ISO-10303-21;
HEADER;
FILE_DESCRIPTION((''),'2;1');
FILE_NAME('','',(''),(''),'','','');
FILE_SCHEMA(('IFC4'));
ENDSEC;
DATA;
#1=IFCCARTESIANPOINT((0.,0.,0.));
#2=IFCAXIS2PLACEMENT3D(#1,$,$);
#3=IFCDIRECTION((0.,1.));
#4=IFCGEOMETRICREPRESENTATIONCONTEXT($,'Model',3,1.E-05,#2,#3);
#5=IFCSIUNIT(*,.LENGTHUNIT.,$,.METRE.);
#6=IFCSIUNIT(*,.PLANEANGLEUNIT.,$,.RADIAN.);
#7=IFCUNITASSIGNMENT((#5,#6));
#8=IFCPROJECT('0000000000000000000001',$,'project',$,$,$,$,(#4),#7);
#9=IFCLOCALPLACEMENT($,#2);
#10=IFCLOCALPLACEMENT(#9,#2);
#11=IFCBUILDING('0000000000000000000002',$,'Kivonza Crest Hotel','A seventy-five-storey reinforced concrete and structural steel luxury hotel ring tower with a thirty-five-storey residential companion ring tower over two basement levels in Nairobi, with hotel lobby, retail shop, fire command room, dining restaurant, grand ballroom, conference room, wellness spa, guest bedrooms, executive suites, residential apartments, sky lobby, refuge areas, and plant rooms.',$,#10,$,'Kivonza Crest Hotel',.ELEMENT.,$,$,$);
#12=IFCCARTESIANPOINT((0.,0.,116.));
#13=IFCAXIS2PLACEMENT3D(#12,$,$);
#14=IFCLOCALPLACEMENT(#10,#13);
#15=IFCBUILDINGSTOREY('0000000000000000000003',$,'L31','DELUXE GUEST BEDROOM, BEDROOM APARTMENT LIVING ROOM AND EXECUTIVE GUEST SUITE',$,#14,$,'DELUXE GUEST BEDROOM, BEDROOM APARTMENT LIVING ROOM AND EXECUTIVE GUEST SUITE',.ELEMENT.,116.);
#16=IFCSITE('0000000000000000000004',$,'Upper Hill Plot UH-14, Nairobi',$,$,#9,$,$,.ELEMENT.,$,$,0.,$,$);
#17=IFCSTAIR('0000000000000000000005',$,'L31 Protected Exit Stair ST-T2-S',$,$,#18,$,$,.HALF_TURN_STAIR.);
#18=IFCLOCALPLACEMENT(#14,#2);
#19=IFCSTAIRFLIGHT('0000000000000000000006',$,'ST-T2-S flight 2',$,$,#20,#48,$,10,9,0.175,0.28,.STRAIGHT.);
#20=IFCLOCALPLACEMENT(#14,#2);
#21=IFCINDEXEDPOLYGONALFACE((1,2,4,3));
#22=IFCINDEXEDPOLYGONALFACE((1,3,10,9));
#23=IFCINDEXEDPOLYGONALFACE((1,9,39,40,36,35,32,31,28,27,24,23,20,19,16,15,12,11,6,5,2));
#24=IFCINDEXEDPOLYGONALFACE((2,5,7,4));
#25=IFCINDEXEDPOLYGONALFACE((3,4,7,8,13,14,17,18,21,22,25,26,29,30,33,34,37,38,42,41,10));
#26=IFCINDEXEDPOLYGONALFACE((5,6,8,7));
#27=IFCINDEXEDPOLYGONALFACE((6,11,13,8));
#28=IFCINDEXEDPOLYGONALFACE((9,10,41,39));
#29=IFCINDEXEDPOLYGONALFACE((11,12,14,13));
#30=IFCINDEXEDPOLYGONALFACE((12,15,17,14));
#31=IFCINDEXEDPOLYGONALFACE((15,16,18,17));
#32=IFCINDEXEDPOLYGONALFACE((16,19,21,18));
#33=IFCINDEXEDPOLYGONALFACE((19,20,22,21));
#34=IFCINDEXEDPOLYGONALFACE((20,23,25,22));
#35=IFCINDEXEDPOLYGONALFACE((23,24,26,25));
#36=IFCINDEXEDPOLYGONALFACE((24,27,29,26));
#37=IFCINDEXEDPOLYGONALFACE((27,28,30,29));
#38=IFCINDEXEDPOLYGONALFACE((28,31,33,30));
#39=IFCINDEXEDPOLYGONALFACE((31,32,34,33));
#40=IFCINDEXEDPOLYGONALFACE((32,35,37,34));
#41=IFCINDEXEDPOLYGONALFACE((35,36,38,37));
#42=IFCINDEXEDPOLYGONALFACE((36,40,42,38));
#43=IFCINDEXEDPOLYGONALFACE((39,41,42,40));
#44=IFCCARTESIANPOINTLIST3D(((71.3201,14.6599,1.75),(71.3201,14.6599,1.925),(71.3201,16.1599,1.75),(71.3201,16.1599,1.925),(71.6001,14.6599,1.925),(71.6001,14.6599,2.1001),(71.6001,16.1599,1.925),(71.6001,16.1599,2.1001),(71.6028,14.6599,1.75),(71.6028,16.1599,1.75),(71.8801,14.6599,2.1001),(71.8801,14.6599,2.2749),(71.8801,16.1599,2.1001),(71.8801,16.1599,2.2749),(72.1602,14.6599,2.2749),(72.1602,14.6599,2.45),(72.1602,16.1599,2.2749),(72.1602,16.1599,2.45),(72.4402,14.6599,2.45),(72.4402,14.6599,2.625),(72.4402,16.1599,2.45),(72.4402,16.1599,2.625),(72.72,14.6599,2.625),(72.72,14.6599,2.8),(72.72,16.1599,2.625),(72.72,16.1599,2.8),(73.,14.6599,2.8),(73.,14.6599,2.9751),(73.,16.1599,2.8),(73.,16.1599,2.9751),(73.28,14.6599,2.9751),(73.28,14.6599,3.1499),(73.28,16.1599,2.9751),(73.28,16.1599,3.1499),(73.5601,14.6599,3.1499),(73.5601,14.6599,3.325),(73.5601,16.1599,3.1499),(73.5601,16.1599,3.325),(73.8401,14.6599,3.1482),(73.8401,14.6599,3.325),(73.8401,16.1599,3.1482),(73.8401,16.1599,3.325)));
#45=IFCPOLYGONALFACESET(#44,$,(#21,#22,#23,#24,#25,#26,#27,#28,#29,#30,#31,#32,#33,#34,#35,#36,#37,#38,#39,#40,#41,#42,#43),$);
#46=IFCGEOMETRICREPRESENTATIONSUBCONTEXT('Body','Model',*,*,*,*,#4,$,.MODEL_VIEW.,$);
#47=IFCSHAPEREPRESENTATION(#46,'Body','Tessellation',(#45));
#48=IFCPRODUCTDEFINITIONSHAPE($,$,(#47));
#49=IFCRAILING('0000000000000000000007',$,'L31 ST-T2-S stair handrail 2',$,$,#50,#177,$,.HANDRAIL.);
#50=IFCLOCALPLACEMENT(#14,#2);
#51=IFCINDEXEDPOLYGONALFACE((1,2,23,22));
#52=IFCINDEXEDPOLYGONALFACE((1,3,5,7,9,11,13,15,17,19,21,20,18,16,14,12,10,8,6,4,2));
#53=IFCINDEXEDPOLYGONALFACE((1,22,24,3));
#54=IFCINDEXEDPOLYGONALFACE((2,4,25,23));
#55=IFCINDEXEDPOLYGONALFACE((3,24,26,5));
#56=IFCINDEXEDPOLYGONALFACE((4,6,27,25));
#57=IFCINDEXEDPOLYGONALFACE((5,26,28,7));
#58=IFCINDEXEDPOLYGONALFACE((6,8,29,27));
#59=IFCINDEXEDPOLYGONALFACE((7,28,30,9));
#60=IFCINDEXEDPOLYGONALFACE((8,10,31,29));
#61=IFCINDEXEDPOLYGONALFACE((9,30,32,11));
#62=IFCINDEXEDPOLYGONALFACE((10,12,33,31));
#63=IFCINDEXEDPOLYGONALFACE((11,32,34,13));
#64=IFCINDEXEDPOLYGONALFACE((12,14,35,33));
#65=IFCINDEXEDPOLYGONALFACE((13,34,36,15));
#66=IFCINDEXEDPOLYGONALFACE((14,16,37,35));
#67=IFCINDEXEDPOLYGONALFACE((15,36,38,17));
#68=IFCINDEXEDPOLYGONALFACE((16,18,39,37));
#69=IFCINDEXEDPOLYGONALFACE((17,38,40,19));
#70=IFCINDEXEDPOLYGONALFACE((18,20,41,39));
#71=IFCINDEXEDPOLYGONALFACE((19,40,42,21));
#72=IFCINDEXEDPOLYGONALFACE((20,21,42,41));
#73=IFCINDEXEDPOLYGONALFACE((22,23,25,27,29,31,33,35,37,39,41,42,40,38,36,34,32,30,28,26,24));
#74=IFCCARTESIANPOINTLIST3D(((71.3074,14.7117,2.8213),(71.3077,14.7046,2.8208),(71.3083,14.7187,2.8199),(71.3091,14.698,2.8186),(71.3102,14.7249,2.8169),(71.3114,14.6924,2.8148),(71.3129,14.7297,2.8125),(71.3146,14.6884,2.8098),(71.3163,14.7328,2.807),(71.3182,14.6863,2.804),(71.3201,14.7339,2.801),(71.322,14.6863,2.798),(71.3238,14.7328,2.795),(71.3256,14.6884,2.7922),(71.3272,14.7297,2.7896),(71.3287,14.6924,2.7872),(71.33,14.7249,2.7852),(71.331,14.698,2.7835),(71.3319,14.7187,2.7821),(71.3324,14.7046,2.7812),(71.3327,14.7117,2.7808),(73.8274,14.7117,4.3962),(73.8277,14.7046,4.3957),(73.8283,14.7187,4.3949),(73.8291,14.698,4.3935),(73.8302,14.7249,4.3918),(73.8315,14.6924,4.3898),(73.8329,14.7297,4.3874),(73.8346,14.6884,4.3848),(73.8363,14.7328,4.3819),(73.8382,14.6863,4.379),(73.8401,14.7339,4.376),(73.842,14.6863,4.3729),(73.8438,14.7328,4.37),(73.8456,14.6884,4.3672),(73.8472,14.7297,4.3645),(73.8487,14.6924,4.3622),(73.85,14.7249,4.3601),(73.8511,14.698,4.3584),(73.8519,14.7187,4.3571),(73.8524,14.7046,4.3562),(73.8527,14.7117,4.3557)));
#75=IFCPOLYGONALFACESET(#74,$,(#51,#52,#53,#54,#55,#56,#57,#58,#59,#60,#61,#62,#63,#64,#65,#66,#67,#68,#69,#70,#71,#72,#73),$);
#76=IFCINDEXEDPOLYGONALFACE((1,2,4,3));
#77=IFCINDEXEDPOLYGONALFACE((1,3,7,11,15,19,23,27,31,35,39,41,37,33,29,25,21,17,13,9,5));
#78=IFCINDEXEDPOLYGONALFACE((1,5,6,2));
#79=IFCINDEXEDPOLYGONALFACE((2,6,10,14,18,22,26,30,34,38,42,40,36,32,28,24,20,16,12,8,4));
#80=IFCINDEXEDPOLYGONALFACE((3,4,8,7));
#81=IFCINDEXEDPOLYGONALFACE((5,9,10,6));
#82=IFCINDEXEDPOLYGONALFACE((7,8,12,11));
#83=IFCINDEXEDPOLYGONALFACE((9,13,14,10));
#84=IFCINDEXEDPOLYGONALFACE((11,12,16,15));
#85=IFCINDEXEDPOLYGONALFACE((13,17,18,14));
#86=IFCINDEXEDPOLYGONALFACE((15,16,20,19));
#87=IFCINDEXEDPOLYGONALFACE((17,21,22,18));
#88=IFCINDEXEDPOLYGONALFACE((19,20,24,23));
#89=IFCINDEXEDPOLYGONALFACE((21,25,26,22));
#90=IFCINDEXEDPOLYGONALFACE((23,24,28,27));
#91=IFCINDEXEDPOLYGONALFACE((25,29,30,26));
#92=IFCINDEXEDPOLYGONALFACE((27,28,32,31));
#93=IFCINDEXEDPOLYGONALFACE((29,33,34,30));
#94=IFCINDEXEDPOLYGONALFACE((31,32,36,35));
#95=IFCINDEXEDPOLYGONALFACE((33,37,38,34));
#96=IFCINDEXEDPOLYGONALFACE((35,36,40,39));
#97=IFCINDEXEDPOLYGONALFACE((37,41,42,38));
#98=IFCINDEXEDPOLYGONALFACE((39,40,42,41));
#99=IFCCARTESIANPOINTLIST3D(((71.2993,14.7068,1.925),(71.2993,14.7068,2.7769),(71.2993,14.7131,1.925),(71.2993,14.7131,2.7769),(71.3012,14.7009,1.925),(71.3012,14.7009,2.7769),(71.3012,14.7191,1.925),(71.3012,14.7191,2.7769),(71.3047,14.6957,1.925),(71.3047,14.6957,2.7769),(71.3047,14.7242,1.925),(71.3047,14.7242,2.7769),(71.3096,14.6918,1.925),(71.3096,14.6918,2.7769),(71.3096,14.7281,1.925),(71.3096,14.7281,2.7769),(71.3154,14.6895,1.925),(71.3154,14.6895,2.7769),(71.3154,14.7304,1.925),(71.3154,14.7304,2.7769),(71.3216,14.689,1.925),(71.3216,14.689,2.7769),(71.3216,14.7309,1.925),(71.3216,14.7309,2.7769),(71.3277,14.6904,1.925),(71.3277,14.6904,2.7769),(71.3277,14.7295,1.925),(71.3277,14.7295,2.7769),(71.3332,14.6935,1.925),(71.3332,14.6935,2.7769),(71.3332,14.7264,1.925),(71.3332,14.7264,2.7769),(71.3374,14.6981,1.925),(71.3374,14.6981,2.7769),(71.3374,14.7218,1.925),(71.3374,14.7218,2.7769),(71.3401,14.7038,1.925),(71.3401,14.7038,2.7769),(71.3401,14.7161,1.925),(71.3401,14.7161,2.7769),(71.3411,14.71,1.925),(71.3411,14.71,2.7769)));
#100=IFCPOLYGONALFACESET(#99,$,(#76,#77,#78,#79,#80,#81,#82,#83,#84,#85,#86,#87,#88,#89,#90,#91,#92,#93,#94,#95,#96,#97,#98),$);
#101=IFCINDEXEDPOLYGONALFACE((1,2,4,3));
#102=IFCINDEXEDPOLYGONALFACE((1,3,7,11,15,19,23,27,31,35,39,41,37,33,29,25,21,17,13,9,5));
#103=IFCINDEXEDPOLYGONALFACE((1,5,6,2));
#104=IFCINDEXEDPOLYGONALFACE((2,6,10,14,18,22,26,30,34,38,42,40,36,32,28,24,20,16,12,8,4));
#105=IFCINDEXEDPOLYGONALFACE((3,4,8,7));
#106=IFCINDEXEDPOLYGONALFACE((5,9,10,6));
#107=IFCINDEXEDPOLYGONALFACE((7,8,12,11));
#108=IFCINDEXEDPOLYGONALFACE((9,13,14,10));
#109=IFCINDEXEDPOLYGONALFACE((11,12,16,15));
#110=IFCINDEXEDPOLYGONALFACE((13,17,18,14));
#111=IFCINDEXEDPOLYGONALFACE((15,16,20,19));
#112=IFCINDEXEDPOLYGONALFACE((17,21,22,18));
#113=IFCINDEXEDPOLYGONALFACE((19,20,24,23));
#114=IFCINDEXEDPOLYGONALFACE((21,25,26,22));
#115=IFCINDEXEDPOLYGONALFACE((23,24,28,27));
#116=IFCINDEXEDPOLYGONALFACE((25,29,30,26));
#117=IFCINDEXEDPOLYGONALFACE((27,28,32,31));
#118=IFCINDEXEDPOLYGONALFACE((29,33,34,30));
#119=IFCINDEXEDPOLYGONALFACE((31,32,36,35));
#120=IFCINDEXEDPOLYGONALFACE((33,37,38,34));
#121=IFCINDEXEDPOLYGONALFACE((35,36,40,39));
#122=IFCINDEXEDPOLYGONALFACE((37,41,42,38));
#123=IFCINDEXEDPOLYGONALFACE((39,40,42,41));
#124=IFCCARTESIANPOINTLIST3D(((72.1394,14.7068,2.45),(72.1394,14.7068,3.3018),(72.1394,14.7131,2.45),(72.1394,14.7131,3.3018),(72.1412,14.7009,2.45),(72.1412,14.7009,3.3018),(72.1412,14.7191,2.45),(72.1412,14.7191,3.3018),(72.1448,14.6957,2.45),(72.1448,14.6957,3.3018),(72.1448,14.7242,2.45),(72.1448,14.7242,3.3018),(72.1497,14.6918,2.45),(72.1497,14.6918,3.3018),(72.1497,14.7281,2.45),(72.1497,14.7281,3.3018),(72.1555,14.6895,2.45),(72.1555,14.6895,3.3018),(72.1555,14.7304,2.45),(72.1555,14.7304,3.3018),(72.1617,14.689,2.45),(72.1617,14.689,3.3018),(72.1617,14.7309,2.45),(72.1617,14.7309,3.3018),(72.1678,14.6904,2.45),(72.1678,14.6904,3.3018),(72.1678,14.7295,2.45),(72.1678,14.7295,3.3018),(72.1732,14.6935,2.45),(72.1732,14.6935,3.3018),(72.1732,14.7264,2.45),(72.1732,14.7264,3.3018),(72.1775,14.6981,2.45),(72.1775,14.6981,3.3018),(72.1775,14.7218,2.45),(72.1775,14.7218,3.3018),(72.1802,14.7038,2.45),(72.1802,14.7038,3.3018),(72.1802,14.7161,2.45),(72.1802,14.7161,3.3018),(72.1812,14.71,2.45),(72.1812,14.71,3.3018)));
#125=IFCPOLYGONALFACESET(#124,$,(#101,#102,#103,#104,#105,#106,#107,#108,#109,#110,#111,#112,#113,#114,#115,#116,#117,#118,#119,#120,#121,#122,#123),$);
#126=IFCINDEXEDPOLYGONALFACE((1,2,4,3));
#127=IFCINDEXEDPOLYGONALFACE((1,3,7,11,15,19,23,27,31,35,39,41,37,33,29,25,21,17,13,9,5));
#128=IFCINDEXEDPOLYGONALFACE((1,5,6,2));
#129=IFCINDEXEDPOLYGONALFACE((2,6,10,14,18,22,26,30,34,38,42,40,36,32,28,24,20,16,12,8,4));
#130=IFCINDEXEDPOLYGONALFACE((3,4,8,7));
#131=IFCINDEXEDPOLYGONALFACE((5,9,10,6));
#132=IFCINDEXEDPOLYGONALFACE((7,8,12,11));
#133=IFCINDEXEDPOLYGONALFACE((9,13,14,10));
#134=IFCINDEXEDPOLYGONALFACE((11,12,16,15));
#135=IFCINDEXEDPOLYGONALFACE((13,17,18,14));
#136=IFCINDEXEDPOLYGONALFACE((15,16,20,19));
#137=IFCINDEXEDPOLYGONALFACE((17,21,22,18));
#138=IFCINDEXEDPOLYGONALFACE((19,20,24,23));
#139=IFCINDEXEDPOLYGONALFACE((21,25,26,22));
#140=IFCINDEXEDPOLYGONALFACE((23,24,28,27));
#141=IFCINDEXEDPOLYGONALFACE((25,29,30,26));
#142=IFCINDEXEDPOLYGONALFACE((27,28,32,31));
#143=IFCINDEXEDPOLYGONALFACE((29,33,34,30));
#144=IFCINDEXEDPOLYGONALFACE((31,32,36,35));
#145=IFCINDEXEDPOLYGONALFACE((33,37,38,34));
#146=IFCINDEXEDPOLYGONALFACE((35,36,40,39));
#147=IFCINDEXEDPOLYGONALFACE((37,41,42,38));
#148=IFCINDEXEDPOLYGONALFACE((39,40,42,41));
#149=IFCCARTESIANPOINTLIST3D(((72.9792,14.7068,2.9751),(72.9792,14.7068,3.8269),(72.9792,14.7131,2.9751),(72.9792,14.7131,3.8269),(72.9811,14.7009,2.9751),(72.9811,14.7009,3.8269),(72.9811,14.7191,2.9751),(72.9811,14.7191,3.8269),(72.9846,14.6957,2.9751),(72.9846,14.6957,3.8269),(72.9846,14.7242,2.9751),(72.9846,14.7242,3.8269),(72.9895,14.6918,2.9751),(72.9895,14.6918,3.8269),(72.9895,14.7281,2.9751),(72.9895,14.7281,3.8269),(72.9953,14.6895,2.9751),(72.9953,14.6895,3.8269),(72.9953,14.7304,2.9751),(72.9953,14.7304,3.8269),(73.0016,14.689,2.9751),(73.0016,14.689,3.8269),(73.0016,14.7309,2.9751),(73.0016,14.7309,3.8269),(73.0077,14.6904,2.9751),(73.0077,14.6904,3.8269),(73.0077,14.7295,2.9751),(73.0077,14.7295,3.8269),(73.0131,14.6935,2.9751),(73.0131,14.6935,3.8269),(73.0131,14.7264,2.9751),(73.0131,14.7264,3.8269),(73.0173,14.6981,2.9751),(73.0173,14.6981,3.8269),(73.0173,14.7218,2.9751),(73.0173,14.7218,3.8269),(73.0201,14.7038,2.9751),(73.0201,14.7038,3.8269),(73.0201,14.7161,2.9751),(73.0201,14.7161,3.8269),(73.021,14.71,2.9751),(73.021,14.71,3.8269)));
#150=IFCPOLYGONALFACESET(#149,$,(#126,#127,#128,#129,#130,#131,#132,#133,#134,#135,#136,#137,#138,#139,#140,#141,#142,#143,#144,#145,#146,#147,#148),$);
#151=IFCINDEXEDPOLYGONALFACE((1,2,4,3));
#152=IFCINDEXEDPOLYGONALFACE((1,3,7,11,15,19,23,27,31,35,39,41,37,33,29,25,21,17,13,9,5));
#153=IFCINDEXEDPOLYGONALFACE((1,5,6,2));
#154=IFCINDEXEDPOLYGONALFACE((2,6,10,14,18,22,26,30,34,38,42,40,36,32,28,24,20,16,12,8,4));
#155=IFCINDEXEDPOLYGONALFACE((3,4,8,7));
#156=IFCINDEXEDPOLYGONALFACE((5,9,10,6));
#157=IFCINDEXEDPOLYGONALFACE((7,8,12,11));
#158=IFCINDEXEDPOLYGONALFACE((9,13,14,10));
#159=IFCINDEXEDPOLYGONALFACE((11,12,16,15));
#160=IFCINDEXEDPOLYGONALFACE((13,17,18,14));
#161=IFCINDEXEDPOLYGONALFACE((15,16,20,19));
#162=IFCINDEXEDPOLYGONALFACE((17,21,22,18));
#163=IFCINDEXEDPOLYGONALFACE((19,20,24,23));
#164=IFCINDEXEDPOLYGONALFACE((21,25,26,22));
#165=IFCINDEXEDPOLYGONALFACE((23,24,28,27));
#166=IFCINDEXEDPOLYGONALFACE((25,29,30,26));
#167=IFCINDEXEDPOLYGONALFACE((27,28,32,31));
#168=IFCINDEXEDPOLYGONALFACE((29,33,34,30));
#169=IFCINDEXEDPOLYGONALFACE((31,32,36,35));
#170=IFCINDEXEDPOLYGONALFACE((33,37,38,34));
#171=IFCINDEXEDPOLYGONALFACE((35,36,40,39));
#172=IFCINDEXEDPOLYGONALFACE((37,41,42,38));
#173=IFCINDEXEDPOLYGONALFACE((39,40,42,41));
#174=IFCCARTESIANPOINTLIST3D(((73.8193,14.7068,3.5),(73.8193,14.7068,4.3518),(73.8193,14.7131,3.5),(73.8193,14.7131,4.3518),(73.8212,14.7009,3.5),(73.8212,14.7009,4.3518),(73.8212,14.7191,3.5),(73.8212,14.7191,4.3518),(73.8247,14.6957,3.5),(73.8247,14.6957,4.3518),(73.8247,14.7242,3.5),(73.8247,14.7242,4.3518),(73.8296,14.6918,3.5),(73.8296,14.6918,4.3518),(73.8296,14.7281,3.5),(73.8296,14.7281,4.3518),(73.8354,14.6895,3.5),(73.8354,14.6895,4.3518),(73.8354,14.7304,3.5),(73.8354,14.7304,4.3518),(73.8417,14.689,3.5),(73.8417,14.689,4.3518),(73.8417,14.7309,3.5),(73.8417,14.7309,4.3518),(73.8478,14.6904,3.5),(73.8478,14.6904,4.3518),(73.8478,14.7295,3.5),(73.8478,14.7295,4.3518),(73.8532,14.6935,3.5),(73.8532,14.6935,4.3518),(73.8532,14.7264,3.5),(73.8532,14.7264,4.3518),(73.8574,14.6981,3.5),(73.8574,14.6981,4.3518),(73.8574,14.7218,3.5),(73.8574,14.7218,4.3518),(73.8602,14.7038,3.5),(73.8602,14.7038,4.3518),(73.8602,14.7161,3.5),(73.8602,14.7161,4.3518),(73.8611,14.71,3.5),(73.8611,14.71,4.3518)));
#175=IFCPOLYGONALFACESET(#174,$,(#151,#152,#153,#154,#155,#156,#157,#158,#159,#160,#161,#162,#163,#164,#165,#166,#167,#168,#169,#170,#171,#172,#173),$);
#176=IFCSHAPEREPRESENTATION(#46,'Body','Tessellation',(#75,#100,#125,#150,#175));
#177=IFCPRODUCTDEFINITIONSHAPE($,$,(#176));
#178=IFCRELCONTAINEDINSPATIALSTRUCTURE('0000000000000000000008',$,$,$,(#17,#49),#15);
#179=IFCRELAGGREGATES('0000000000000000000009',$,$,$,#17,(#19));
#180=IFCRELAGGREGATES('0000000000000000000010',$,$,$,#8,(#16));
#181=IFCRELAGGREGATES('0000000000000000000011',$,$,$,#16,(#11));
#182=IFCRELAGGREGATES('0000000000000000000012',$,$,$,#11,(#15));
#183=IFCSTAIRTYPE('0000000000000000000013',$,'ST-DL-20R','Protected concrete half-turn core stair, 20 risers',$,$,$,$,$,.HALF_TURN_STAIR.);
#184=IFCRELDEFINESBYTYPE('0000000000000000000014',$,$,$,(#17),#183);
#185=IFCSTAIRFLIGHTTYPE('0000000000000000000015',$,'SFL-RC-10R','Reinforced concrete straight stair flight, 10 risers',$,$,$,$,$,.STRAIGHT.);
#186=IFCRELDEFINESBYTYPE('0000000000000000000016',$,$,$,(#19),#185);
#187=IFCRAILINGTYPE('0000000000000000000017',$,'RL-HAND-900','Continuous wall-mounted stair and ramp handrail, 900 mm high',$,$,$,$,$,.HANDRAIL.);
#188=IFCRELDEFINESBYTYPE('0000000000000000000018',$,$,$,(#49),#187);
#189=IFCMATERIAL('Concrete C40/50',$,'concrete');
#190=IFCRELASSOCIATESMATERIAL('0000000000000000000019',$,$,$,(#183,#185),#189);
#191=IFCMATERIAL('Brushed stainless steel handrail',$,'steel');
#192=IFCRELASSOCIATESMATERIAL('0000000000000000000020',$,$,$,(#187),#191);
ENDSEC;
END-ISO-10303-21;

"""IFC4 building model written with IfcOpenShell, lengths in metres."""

from ifc_helpers import new_model, si_unit, direction, frame, origin, origin_2d, place, context, subcontext, project, spatial, polyline, circle, outline, extrude, material, type_object, element, aggregate, save


model = new_model("IFC4")

# Units and contexts
model_context = context("Model", 3, precision=1e-05, world=origin(), true_north=direction((0.0, 1.0)))
body_context = subcontext(model_context, "Body", "Model", "MODEL_VIEW")
ifc_project = project(units=[si_unit("LENGTHUNIT", "METRE"), si_unit("PLANEANGLEUNIT", "RADIAN")], contexts=[model_context])

# Site, building, storey
site_placement = place(None, origin())
site = spatial("IfcSite", under=ifc_project, at=site_placement, Name="Upper Hill Plot UH-14, Nairobi", CompositionType="ELEMENT", RefElevation=0.0)
building_placement = place(site_placement, origin())
building = spatial("IfcBuilding", under=site, at=building_placement, Name="Kivonza Crest Hotel", Description="A seventy-five-storey reinforced concrete and structural steel luxury hotel ring tower with a thirty-five-storey residential companion ring tower over two basement levels in Nairobi, with hotel lobby, retail shop, fire command room, dining restaurant, grand ballroom, conference room, wellness spa, guest bedrooms, executive suites, residential apartments, sky lobby, refuge areas, and plant rooms.", LongName="Kivonza Crest Hotel", CompositionType="ELEMENT")
storey_placement = place(building_placement, frame((0.0, 0.0, 116.0)))
storey = spatial("IfcBuildingStorey", under=building, at=storey_placement, Name="L31", Description="DELUXE GUEST BEDROOM, BEDROOM APARTMENT LIVING ROOM AND EXECUTIVE GUEST SUITE", LongName="DELUXE GUEST BEDROOM, BEDROOM APARTMENT LIVING ROOM AND EXECUTIVE GUEST SUITE", CompositionType="ELEMENT", Elevation=116.0)

# Stair, stair flight
ifc_material_1 = material(Name="Concrete C40/50", Category="concrete")
stair_type = type_object("IfcStairType", Name="ST-DL-20R", Description="Protected concrete half-turn core stair, 20 risers", PredefinedType="HALF_TURN_STAIR", material=ifc_material_1)
stair_placement = place(storey_placement, origin())
stair = element("IfcStair", 1, at=stair_placement, inside=storey, type_object=stair_type, Name="L31 Protected Exit Stair ST-T2-S", PredefinedType="HALF_TURN_STAIR")
stair_flight_type = type_object("IfcStairFlightType", Name="SFL-RC-10R", Description="Reinforced concrete straight stair flight, 10 risers", PredefinedType="STRAIGHT", material=ifc_material_1)
stair_flight_placement = place(storey_placement, frame((71.3201, 15.4099, 1.75), z_axis=(0.0, 0.0, 1.0), x_axis=(1.0, 0.0, 0.0)))
stair_flight = element("IfcStairFlight", 2, at=stair_flight_placement, type_object=stair_flight_type, Name="ST-T2-S flight 2", NumberOfRisers=10, NumberOfTreads=9, PredefinedType="STRAIGHT", RiserHeight=0.175, TreadLength=0.28, context=body_context, shape_type="SweptSolid", body=[
    extrude(outline(polyline([(0.0, 0.0), (0.0, 0.175), (0.28, 0.175), (0.28, 0.3501), (0.5601, 0.3501), (0.5601, 0.5249), (0.8401, 0.5249), (0.8401, 0.7), (1.1201, 0.7), (1.1201, 0.875), (1.3999, 0.875), (1.3999, 1.05), (1.6799, 1.05), (1.6799, 1.2251), (1.96, 1.2251), (1.96, 1.3999), (2.24, 1.3999), (2.24, 1.575), (2.52, 1.575), (2.52, 1.75), (2.52, 1.3982), (0.2827, 0.0), (0.0, 0.0)])), frame((0.0, 0.75, 0.0), z_axis=(0.0, -1.0, 0.0), x_axis=(1.0, 0.0, 0.0)), (0.0, 0.0, 1.0), 1.5),
])
aggregate(stair, [stair_flight])

# Railing
ifc_material_2 = material(Name="Brushed stainless steel handrail", Category="steel")
railing_type_1 = type_object("IfcRailingType", Name="RL-HAND-900", Description="Continuous wall-mounted stair and ramp handrail, 900 mm high", PredefinedType="HANDRAIL", material=ifc_material_2)
railing_1_placement = place(storey_placement, frame((71.3201, 14.71, 1.925)))
element("IfcRailing", 3, at=railing_1_placement, inside=storey, type_object=railing_type_1, Name="L31 ST-T2-S stair handrail 2", PredefinedType="HANDRAIL", context=body_context, shape_type="SweptSolid", body=[
    extrude(circle(Radius=0.0239, at=origin_2d()), frame((0.0, 0.0, 0.876), z_axis=(0.848008, 0.0, 0.529984), x_axis=(0.0, 1.0, 0.0)), (0.0, 0.0, 1.0), 2.9717),
    extrude(circle(Radius=0.021, at=origin_2d()), origin(), (0.0, 0.0, 1.0), 0.8518),
    extrude(circle(Radius=0.021, at=origin_2d()), frame((0.8401, 0.0, 0.5249)), (0.0, 0.0, 1.0), 0.8518),
    extrude(circle(Radius=0.021, at=origin_2d()), frame((1.6799, 0.0, 1.05)), (0.0, 0.0, 1.0), 0.8518),
    extrude(circle(Radius=0.021, at=origin_2d()), frame((2.52, 0.0, 1.575)), (0.0, 0.0, 1.0), 0.8518),
])

save(model, "model.ifc")
